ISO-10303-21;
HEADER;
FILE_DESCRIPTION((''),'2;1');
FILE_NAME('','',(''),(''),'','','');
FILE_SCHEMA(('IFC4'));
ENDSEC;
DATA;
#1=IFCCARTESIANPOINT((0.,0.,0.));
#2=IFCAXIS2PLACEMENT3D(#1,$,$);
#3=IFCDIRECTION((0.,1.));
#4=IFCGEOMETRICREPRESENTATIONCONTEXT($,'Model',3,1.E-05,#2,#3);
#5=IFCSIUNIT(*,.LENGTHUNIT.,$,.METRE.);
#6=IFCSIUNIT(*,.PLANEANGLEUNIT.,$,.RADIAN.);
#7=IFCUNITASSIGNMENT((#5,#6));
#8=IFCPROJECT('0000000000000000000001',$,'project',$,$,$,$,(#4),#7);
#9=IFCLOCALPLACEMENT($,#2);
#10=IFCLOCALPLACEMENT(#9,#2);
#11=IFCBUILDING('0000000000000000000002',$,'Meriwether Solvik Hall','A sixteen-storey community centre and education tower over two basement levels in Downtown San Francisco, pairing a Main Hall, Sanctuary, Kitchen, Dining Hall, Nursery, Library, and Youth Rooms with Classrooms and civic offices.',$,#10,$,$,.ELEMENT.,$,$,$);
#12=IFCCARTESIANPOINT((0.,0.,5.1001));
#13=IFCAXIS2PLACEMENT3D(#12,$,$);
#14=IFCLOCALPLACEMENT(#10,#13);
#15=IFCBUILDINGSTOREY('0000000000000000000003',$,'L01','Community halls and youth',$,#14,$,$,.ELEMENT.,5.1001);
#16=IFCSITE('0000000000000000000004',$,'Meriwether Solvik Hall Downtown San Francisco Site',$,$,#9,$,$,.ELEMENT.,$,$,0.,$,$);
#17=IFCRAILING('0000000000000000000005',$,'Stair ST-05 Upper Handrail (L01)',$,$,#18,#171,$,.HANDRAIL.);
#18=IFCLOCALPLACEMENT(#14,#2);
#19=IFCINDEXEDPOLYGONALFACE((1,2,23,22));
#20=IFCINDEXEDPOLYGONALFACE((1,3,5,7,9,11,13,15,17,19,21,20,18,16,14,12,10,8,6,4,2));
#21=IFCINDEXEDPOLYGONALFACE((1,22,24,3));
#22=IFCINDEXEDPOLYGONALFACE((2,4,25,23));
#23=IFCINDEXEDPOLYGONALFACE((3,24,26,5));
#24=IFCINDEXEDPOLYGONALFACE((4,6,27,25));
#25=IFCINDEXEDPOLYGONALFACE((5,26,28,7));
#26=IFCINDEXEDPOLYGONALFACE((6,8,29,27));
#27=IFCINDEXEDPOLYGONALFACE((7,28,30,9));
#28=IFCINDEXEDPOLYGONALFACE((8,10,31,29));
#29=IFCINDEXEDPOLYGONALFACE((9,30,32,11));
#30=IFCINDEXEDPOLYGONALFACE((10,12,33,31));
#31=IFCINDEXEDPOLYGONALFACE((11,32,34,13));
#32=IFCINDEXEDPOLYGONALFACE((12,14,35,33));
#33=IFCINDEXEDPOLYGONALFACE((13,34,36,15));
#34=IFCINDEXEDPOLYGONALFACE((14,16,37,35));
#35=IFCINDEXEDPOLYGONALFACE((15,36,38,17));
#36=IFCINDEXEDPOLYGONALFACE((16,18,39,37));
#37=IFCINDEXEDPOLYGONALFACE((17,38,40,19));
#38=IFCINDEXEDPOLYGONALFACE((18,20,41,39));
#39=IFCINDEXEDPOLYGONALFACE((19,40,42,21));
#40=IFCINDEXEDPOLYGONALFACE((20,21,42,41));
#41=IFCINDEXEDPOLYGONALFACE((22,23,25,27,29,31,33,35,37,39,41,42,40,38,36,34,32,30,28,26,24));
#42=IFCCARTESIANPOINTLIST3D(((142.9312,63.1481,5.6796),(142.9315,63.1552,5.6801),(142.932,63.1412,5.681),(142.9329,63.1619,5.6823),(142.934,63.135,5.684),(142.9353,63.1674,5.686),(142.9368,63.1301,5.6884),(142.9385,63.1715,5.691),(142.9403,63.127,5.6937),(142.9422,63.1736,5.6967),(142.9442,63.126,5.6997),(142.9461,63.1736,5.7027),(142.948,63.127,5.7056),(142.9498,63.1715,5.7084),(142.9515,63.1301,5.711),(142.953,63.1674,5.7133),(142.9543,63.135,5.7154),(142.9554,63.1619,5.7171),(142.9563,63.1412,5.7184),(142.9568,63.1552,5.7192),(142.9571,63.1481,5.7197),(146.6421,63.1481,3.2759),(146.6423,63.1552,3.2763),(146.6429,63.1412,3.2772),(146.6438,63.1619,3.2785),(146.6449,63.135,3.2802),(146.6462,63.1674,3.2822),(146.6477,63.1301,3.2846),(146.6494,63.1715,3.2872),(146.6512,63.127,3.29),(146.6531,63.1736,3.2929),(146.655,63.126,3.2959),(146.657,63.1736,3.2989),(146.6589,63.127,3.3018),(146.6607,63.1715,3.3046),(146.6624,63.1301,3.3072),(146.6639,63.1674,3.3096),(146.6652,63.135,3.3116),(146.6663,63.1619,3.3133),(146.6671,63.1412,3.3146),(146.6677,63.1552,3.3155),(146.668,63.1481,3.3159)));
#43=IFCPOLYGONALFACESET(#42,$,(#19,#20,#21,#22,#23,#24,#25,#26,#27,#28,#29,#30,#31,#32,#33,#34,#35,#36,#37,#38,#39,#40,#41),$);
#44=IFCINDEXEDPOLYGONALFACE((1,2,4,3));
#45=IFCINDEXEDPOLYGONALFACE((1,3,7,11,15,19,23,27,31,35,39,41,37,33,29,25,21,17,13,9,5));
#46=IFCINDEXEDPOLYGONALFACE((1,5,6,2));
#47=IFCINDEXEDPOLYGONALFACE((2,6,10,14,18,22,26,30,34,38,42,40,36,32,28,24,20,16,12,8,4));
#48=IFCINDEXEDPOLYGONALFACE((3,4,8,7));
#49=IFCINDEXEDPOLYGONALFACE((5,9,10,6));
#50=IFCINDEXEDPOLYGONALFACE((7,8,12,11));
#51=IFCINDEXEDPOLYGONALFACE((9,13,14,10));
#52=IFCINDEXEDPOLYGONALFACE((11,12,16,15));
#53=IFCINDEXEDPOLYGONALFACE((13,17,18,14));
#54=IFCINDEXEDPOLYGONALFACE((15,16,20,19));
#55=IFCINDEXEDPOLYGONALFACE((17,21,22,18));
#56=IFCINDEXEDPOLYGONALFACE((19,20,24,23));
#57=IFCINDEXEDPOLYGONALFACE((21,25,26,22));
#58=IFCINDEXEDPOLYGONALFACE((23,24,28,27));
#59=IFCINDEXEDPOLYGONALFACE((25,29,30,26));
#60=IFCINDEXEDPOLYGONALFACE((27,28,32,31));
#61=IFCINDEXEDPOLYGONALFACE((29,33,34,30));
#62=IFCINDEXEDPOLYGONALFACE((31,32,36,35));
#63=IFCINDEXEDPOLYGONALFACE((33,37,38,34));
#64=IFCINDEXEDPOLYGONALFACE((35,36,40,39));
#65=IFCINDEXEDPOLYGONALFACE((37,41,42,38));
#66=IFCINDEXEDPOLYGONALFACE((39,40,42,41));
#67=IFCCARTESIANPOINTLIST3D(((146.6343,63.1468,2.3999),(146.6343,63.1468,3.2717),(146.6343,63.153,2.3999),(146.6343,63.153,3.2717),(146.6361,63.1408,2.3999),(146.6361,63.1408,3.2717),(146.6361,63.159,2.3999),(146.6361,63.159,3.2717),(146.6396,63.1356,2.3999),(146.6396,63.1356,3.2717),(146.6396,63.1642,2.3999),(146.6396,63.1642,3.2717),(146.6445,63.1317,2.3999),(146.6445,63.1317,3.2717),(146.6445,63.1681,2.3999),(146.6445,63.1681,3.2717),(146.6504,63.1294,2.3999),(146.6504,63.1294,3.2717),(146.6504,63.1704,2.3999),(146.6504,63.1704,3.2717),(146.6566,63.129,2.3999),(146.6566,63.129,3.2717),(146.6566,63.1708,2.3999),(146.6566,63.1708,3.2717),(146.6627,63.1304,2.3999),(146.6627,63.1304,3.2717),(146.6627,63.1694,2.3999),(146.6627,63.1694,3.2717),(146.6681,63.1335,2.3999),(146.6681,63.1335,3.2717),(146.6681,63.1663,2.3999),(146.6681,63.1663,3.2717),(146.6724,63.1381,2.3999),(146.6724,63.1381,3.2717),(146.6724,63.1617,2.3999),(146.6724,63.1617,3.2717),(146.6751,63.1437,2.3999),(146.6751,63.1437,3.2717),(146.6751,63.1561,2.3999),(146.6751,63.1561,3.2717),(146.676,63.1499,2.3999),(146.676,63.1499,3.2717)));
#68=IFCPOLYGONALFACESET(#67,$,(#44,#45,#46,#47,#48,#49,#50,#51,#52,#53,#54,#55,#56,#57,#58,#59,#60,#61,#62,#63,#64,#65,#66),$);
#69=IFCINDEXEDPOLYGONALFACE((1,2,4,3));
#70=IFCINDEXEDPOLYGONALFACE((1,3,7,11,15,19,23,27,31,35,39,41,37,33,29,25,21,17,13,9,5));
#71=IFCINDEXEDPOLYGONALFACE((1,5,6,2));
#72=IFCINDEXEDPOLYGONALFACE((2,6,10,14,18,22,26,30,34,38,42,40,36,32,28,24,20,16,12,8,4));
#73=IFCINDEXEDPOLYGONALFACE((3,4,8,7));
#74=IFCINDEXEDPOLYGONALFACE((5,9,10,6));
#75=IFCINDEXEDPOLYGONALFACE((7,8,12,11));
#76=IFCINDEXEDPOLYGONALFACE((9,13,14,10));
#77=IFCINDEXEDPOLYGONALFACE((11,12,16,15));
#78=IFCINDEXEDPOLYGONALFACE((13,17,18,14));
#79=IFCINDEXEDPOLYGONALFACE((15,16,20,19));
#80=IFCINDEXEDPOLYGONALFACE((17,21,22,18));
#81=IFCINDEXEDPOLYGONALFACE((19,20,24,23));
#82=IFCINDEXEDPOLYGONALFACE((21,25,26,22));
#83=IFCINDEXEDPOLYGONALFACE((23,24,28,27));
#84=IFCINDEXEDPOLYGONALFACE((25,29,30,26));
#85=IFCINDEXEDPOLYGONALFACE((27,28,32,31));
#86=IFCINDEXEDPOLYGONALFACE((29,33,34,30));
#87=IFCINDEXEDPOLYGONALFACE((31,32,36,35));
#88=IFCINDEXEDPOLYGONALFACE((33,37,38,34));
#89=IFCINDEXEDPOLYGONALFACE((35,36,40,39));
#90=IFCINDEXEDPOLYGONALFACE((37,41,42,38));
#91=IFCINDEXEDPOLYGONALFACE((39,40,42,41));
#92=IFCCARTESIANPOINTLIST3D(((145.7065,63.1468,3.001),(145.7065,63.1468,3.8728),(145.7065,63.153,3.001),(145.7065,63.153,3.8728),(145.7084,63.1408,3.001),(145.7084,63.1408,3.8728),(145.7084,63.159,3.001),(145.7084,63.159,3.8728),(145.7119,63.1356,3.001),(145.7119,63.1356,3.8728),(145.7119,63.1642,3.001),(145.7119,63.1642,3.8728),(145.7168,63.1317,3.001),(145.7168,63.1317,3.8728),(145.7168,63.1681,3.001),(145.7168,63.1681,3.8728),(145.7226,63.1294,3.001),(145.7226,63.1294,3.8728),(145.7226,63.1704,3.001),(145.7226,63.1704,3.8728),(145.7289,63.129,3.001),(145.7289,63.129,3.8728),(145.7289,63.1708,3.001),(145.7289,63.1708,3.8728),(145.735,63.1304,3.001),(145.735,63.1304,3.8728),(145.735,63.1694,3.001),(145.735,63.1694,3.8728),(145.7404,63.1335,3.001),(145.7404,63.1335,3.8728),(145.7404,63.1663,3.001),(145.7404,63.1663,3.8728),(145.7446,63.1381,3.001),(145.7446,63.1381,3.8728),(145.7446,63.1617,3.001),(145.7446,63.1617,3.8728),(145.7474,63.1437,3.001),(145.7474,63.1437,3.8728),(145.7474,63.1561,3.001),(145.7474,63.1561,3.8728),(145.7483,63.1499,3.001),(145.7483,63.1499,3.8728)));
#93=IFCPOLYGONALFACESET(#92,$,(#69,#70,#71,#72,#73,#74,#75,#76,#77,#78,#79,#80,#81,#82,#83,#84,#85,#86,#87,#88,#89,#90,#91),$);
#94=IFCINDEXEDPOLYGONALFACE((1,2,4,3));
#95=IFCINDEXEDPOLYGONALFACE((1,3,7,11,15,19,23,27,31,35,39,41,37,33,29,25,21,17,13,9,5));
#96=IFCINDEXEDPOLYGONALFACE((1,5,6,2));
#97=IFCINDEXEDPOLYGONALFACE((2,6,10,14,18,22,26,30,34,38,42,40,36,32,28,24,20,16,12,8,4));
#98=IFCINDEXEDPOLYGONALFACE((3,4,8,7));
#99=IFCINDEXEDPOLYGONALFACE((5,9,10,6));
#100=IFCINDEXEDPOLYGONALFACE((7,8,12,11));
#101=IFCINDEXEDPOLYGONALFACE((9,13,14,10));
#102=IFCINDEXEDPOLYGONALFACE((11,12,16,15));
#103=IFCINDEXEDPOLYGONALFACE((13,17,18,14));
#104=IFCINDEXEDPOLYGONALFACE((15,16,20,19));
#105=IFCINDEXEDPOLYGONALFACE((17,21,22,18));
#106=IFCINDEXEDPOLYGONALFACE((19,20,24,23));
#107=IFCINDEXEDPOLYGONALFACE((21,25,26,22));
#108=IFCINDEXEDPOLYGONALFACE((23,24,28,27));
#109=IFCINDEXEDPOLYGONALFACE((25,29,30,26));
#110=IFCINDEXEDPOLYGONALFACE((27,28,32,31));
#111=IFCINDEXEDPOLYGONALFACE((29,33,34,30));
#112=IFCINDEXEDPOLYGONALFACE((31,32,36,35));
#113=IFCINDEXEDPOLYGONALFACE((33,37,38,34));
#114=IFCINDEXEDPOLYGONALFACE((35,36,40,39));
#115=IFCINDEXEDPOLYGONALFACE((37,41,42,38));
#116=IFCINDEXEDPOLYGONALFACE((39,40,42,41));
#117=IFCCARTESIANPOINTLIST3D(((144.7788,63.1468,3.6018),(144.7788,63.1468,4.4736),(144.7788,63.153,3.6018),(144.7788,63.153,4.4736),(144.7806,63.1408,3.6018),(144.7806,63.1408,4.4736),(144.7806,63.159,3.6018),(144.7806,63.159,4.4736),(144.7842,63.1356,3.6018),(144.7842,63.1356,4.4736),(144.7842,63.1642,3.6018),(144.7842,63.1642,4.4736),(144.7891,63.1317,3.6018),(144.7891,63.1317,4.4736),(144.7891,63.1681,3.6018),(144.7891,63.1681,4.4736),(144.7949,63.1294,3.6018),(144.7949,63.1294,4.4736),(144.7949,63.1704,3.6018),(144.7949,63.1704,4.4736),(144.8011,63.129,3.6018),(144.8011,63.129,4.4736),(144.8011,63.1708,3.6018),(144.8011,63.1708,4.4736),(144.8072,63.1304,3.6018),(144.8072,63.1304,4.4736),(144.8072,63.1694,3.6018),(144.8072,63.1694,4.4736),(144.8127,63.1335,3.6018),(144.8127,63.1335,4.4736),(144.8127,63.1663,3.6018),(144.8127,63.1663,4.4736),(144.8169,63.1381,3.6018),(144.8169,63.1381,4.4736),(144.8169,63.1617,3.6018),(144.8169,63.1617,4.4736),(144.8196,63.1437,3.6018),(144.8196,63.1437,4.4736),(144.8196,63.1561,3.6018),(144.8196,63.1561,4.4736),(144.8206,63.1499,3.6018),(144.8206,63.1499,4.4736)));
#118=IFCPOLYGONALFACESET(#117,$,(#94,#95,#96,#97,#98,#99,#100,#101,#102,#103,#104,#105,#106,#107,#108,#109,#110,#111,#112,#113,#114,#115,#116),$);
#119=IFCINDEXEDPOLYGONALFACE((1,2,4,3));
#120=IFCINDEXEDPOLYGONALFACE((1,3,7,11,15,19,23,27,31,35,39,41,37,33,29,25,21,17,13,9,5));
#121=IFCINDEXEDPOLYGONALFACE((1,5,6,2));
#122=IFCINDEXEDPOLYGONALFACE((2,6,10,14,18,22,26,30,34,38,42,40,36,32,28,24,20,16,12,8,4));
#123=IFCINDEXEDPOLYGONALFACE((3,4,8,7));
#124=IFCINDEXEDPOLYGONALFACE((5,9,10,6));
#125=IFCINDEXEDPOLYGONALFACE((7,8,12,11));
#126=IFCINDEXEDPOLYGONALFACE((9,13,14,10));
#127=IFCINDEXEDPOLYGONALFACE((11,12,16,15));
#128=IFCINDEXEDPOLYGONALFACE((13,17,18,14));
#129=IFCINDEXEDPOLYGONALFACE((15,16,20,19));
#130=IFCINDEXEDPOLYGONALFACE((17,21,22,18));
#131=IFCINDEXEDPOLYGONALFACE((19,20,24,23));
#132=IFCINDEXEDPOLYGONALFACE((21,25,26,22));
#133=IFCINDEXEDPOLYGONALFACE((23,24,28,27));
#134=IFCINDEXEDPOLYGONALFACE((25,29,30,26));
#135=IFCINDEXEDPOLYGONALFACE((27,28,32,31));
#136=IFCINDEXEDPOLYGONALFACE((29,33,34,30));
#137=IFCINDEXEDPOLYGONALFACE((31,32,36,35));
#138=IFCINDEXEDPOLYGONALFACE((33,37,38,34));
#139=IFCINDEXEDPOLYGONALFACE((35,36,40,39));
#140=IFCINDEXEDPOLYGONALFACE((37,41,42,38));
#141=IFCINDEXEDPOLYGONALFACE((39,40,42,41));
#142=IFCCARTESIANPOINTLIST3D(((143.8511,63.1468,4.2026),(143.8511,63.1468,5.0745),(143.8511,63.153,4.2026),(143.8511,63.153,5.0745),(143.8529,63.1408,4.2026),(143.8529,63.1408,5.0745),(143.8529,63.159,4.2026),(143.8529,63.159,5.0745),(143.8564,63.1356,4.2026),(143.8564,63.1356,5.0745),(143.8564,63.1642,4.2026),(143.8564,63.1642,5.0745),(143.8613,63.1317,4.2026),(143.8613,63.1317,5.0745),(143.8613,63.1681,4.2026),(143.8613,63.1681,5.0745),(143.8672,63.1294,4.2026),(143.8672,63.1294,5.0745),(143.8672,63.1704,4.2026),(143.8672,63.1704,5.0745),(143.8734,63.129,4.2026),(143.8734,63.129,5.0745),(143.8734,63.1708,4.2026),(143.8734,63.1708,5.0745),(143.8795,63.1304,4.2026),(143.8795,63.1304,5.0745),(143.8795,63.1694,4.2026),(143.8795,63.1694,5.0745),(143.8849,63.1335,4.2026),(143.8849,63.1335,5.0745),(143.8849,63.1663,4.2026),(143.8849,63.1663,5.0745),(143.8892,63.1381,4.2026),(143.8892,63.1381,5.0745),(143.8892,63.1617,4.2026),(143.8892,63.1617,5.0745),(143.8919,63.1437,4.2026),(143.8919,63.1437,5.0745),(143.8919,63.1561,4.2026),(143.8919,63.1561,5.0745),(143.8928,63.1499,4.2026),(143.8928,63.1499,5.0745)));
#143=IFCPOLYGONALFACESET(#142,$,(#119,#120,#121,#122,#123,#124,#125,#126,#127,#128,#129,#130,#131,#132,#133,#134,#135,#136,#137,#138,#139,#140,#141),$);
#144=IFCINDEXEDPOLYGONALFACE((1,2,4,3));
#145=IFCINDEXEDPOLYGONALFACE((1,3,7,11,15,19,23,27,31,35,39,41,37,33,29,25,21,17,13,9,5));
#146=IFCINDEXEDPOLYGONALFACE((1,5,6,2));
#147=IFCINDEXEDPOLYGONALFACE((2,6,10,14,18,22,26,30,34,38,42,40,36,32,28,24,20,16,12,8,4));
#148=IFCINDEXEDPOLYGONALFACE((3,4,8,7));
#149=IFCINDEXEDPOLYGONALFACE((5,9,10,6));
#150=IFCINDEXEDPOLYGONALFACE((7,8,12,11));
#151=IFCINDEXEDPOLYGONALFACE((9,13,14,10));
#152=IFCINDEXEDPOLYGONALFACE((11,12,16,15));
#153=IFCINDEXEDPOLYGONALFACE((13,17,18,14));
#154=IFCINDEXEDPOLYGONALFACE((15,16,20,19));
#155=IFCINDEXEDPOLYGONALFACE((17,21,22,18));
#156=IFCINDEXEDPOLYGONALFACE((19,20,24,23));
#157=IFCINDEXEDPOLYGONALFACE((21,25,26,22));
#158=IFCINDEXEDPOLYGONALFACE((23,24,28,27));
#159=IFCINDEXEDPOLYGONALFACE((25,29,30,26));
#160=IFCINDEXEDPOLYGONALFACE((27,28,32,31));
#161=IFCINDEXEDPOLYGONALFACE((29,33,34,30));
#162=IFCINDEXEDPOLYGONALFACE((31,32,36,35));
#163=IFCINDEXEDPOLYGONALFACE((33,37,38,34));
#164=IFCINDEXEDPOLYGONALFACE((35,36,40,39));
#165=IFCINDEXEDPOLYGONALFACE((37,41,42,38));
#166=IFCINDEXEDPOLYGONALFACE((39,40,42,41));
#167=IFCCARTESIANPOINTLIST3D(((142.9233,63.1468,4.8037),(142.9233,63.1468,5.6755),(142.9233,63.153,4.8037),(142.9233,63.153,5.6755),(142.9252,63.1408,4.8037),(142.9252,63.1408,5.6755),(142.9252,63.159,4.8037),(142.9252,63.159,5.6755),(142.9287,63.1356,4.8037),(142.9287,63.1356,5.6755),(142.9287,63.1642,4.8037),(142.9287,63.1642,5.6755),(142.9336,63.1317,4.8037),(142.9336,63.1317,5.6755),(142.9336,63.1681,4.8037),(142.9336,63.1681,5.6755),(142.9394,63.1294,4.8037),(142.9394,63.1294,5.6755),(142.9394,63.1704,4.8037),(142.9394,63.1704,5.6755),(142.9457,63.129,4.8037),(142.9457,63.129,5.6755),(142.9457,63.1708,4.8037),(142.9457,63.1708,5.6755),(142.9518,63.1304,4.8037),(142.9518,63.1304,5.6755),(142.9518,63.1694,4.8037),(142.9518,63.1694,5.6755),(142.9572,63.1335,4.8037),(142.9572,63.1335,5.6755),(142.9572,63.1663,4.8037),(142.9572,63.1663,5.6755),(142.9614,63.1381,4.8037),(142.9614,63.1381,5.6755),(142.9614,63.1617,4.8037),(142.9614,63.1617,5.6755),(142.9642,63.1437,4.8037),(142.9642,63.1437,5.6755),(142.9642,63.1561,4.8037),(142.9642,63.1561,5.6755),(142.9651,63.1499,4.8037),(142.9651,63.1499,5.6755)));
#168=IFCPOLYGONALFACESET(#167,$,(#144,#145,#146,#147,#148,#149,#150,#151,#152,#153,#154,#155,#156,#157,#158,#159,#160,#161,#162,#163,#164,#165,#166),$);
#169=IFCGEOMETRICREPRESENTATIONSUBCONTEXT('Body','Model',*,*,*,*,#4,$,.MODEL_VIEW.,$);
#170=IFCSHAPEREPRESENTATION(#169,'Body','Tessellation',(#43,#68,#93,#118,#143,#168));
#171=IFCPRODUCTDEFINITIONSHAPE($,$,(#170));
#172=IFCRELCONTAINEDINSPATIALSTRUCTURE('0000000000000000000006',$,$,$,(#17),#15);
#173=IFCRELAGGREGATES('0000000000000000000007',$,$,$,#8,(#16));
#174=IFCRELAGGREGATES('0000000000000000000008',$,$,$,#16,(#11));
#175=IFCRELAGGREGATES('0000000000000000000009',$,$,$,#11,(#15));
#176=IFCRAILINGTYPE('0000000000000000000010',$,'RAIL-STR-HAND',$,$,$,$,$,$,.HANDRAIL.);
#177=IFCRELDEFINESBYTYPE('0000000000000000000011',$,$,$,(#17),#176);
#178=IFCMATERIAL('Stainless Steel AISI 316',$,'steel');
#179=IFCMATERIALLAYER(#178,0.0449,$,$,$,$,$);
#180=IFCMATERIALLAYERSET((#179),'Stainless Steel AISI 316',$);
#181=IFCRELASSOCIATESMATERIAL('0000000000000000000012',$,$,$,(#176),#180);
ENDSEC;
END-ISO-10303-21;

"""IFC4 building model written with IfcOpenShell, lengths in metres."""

from ifc_helpers import new_model, si_unit, direction, frame, origin, origin_2d, place, context, subcontext, project, spatial, circle, extrude, material, layer, layer_set, type_object, element, save


model = new_model("IFC4")

# Units and contexts
model_context = context("Model", 3, precision=1e-05, world=origin(), true_north=direction((0.0, 1.0)))
body_context = subcontext(model_context, "Body", "Model", "MODEL_VIEW")
ifc_project = project(units=[si_unit("LENGTHUNIT", "METRE"), si_unit("PLANEANGLEUNIT", "RADIAN")], contexts=[model_context])

# Site, building, storey
site_placement = place(None, origin())
site = spatial("IfcSite", under=ifc_project, at=site_placement, Name="Meriwether Solvik Hall Downtown San Francisco Site", CompositionType="ELEMENT", RefElevation=0.0)
building_placement = place(site_placement, origin())
building = spatial("IfcBuilding", under=site, at=building_placement, Name="Meriwether Solvik Hall", Description="A sixteen-storey community centre and education tower over two basement levels in Downtown San Francisco, pairing a Main Hall, Sanctuary, Kitchen, Dining Hall, Nursery, Library, and Youth Rooms with Classrooms and civic offices.", CompositionType="ELEMENT")
storey_placement = place(building_placement, frame((0.0, 0.0, 5.1001)))
storey = spatial("IfcBuildingStorey", under=building, at=storey_placement, Name="L01", Description="Community halls and youth", CompositionType="ELEMENT", Elevation=5.1001)

# Railing
ifc_material_1 = material(Name="Stainless Steel AISI 316", Category="steel")
ifc_layer_1 = layer(ifc_material_1, 0.0449)
ifc_layer_set_1 = layer_set([ifc_layer_1], Name="Stainless Steel AISI 316")
railing_type_1 = type_object("IfcRailingType", Name="RAIL-STR-HAND", PredefinedType="HANDRAIL", material=ifc_layer_set_1)
railing_1_placement = place(storey_placement, frame((146.655, 63.1499, 2.3999)))
element("IfcRailing", 1, at=railing_1_placement, inside=storey, type_object=railing_type_1, Name="Stair ST-05 Upper Handrail (L01)", PredefinedType="HANDRAIL", context=body_context, shape_type="SweptSolid", body=[
    extrude(circle(Radius=0.0239, at=origin_2d()), frame((0.0, 0.0, 0.896), z_axis=(-0.8393, 0.0, 0.543668), x_axis=(0.0, -1.0, 0.0)), (0.0, 0.0, 1.0), 4.4214),
    extrude(circle(Radius=0.021, at=origin_2d()), origin(), (0.0, 0.0, 1.0), 0.8718),
    extrude(circle(Radius=0.021, at=origin_2d()), frame((-0.9277, 0.0, 0.6011)), (0.0, 0.0, 1.0), 0.8718),
    extrude(circle(Radius=0.021, at=origin_2d()), frame((-1.8555, 0.0, 1.2019)), (0.0, 0.0, 1.0), 0.8718),
    extrude(circle(Radius=0.021, at=origin_2d()), frame((-2.7832, 0.0, 1.8027)), (0.0, 0.0, 1.0), 0.8718),
    extrude(circle(Radius=0.021, at=origin_2d()), frame((-3.7109, 0.0, 2.4038)), (0.0, 0.0, 1.0), 0.8718),
])

save(model, "model.ifc")
